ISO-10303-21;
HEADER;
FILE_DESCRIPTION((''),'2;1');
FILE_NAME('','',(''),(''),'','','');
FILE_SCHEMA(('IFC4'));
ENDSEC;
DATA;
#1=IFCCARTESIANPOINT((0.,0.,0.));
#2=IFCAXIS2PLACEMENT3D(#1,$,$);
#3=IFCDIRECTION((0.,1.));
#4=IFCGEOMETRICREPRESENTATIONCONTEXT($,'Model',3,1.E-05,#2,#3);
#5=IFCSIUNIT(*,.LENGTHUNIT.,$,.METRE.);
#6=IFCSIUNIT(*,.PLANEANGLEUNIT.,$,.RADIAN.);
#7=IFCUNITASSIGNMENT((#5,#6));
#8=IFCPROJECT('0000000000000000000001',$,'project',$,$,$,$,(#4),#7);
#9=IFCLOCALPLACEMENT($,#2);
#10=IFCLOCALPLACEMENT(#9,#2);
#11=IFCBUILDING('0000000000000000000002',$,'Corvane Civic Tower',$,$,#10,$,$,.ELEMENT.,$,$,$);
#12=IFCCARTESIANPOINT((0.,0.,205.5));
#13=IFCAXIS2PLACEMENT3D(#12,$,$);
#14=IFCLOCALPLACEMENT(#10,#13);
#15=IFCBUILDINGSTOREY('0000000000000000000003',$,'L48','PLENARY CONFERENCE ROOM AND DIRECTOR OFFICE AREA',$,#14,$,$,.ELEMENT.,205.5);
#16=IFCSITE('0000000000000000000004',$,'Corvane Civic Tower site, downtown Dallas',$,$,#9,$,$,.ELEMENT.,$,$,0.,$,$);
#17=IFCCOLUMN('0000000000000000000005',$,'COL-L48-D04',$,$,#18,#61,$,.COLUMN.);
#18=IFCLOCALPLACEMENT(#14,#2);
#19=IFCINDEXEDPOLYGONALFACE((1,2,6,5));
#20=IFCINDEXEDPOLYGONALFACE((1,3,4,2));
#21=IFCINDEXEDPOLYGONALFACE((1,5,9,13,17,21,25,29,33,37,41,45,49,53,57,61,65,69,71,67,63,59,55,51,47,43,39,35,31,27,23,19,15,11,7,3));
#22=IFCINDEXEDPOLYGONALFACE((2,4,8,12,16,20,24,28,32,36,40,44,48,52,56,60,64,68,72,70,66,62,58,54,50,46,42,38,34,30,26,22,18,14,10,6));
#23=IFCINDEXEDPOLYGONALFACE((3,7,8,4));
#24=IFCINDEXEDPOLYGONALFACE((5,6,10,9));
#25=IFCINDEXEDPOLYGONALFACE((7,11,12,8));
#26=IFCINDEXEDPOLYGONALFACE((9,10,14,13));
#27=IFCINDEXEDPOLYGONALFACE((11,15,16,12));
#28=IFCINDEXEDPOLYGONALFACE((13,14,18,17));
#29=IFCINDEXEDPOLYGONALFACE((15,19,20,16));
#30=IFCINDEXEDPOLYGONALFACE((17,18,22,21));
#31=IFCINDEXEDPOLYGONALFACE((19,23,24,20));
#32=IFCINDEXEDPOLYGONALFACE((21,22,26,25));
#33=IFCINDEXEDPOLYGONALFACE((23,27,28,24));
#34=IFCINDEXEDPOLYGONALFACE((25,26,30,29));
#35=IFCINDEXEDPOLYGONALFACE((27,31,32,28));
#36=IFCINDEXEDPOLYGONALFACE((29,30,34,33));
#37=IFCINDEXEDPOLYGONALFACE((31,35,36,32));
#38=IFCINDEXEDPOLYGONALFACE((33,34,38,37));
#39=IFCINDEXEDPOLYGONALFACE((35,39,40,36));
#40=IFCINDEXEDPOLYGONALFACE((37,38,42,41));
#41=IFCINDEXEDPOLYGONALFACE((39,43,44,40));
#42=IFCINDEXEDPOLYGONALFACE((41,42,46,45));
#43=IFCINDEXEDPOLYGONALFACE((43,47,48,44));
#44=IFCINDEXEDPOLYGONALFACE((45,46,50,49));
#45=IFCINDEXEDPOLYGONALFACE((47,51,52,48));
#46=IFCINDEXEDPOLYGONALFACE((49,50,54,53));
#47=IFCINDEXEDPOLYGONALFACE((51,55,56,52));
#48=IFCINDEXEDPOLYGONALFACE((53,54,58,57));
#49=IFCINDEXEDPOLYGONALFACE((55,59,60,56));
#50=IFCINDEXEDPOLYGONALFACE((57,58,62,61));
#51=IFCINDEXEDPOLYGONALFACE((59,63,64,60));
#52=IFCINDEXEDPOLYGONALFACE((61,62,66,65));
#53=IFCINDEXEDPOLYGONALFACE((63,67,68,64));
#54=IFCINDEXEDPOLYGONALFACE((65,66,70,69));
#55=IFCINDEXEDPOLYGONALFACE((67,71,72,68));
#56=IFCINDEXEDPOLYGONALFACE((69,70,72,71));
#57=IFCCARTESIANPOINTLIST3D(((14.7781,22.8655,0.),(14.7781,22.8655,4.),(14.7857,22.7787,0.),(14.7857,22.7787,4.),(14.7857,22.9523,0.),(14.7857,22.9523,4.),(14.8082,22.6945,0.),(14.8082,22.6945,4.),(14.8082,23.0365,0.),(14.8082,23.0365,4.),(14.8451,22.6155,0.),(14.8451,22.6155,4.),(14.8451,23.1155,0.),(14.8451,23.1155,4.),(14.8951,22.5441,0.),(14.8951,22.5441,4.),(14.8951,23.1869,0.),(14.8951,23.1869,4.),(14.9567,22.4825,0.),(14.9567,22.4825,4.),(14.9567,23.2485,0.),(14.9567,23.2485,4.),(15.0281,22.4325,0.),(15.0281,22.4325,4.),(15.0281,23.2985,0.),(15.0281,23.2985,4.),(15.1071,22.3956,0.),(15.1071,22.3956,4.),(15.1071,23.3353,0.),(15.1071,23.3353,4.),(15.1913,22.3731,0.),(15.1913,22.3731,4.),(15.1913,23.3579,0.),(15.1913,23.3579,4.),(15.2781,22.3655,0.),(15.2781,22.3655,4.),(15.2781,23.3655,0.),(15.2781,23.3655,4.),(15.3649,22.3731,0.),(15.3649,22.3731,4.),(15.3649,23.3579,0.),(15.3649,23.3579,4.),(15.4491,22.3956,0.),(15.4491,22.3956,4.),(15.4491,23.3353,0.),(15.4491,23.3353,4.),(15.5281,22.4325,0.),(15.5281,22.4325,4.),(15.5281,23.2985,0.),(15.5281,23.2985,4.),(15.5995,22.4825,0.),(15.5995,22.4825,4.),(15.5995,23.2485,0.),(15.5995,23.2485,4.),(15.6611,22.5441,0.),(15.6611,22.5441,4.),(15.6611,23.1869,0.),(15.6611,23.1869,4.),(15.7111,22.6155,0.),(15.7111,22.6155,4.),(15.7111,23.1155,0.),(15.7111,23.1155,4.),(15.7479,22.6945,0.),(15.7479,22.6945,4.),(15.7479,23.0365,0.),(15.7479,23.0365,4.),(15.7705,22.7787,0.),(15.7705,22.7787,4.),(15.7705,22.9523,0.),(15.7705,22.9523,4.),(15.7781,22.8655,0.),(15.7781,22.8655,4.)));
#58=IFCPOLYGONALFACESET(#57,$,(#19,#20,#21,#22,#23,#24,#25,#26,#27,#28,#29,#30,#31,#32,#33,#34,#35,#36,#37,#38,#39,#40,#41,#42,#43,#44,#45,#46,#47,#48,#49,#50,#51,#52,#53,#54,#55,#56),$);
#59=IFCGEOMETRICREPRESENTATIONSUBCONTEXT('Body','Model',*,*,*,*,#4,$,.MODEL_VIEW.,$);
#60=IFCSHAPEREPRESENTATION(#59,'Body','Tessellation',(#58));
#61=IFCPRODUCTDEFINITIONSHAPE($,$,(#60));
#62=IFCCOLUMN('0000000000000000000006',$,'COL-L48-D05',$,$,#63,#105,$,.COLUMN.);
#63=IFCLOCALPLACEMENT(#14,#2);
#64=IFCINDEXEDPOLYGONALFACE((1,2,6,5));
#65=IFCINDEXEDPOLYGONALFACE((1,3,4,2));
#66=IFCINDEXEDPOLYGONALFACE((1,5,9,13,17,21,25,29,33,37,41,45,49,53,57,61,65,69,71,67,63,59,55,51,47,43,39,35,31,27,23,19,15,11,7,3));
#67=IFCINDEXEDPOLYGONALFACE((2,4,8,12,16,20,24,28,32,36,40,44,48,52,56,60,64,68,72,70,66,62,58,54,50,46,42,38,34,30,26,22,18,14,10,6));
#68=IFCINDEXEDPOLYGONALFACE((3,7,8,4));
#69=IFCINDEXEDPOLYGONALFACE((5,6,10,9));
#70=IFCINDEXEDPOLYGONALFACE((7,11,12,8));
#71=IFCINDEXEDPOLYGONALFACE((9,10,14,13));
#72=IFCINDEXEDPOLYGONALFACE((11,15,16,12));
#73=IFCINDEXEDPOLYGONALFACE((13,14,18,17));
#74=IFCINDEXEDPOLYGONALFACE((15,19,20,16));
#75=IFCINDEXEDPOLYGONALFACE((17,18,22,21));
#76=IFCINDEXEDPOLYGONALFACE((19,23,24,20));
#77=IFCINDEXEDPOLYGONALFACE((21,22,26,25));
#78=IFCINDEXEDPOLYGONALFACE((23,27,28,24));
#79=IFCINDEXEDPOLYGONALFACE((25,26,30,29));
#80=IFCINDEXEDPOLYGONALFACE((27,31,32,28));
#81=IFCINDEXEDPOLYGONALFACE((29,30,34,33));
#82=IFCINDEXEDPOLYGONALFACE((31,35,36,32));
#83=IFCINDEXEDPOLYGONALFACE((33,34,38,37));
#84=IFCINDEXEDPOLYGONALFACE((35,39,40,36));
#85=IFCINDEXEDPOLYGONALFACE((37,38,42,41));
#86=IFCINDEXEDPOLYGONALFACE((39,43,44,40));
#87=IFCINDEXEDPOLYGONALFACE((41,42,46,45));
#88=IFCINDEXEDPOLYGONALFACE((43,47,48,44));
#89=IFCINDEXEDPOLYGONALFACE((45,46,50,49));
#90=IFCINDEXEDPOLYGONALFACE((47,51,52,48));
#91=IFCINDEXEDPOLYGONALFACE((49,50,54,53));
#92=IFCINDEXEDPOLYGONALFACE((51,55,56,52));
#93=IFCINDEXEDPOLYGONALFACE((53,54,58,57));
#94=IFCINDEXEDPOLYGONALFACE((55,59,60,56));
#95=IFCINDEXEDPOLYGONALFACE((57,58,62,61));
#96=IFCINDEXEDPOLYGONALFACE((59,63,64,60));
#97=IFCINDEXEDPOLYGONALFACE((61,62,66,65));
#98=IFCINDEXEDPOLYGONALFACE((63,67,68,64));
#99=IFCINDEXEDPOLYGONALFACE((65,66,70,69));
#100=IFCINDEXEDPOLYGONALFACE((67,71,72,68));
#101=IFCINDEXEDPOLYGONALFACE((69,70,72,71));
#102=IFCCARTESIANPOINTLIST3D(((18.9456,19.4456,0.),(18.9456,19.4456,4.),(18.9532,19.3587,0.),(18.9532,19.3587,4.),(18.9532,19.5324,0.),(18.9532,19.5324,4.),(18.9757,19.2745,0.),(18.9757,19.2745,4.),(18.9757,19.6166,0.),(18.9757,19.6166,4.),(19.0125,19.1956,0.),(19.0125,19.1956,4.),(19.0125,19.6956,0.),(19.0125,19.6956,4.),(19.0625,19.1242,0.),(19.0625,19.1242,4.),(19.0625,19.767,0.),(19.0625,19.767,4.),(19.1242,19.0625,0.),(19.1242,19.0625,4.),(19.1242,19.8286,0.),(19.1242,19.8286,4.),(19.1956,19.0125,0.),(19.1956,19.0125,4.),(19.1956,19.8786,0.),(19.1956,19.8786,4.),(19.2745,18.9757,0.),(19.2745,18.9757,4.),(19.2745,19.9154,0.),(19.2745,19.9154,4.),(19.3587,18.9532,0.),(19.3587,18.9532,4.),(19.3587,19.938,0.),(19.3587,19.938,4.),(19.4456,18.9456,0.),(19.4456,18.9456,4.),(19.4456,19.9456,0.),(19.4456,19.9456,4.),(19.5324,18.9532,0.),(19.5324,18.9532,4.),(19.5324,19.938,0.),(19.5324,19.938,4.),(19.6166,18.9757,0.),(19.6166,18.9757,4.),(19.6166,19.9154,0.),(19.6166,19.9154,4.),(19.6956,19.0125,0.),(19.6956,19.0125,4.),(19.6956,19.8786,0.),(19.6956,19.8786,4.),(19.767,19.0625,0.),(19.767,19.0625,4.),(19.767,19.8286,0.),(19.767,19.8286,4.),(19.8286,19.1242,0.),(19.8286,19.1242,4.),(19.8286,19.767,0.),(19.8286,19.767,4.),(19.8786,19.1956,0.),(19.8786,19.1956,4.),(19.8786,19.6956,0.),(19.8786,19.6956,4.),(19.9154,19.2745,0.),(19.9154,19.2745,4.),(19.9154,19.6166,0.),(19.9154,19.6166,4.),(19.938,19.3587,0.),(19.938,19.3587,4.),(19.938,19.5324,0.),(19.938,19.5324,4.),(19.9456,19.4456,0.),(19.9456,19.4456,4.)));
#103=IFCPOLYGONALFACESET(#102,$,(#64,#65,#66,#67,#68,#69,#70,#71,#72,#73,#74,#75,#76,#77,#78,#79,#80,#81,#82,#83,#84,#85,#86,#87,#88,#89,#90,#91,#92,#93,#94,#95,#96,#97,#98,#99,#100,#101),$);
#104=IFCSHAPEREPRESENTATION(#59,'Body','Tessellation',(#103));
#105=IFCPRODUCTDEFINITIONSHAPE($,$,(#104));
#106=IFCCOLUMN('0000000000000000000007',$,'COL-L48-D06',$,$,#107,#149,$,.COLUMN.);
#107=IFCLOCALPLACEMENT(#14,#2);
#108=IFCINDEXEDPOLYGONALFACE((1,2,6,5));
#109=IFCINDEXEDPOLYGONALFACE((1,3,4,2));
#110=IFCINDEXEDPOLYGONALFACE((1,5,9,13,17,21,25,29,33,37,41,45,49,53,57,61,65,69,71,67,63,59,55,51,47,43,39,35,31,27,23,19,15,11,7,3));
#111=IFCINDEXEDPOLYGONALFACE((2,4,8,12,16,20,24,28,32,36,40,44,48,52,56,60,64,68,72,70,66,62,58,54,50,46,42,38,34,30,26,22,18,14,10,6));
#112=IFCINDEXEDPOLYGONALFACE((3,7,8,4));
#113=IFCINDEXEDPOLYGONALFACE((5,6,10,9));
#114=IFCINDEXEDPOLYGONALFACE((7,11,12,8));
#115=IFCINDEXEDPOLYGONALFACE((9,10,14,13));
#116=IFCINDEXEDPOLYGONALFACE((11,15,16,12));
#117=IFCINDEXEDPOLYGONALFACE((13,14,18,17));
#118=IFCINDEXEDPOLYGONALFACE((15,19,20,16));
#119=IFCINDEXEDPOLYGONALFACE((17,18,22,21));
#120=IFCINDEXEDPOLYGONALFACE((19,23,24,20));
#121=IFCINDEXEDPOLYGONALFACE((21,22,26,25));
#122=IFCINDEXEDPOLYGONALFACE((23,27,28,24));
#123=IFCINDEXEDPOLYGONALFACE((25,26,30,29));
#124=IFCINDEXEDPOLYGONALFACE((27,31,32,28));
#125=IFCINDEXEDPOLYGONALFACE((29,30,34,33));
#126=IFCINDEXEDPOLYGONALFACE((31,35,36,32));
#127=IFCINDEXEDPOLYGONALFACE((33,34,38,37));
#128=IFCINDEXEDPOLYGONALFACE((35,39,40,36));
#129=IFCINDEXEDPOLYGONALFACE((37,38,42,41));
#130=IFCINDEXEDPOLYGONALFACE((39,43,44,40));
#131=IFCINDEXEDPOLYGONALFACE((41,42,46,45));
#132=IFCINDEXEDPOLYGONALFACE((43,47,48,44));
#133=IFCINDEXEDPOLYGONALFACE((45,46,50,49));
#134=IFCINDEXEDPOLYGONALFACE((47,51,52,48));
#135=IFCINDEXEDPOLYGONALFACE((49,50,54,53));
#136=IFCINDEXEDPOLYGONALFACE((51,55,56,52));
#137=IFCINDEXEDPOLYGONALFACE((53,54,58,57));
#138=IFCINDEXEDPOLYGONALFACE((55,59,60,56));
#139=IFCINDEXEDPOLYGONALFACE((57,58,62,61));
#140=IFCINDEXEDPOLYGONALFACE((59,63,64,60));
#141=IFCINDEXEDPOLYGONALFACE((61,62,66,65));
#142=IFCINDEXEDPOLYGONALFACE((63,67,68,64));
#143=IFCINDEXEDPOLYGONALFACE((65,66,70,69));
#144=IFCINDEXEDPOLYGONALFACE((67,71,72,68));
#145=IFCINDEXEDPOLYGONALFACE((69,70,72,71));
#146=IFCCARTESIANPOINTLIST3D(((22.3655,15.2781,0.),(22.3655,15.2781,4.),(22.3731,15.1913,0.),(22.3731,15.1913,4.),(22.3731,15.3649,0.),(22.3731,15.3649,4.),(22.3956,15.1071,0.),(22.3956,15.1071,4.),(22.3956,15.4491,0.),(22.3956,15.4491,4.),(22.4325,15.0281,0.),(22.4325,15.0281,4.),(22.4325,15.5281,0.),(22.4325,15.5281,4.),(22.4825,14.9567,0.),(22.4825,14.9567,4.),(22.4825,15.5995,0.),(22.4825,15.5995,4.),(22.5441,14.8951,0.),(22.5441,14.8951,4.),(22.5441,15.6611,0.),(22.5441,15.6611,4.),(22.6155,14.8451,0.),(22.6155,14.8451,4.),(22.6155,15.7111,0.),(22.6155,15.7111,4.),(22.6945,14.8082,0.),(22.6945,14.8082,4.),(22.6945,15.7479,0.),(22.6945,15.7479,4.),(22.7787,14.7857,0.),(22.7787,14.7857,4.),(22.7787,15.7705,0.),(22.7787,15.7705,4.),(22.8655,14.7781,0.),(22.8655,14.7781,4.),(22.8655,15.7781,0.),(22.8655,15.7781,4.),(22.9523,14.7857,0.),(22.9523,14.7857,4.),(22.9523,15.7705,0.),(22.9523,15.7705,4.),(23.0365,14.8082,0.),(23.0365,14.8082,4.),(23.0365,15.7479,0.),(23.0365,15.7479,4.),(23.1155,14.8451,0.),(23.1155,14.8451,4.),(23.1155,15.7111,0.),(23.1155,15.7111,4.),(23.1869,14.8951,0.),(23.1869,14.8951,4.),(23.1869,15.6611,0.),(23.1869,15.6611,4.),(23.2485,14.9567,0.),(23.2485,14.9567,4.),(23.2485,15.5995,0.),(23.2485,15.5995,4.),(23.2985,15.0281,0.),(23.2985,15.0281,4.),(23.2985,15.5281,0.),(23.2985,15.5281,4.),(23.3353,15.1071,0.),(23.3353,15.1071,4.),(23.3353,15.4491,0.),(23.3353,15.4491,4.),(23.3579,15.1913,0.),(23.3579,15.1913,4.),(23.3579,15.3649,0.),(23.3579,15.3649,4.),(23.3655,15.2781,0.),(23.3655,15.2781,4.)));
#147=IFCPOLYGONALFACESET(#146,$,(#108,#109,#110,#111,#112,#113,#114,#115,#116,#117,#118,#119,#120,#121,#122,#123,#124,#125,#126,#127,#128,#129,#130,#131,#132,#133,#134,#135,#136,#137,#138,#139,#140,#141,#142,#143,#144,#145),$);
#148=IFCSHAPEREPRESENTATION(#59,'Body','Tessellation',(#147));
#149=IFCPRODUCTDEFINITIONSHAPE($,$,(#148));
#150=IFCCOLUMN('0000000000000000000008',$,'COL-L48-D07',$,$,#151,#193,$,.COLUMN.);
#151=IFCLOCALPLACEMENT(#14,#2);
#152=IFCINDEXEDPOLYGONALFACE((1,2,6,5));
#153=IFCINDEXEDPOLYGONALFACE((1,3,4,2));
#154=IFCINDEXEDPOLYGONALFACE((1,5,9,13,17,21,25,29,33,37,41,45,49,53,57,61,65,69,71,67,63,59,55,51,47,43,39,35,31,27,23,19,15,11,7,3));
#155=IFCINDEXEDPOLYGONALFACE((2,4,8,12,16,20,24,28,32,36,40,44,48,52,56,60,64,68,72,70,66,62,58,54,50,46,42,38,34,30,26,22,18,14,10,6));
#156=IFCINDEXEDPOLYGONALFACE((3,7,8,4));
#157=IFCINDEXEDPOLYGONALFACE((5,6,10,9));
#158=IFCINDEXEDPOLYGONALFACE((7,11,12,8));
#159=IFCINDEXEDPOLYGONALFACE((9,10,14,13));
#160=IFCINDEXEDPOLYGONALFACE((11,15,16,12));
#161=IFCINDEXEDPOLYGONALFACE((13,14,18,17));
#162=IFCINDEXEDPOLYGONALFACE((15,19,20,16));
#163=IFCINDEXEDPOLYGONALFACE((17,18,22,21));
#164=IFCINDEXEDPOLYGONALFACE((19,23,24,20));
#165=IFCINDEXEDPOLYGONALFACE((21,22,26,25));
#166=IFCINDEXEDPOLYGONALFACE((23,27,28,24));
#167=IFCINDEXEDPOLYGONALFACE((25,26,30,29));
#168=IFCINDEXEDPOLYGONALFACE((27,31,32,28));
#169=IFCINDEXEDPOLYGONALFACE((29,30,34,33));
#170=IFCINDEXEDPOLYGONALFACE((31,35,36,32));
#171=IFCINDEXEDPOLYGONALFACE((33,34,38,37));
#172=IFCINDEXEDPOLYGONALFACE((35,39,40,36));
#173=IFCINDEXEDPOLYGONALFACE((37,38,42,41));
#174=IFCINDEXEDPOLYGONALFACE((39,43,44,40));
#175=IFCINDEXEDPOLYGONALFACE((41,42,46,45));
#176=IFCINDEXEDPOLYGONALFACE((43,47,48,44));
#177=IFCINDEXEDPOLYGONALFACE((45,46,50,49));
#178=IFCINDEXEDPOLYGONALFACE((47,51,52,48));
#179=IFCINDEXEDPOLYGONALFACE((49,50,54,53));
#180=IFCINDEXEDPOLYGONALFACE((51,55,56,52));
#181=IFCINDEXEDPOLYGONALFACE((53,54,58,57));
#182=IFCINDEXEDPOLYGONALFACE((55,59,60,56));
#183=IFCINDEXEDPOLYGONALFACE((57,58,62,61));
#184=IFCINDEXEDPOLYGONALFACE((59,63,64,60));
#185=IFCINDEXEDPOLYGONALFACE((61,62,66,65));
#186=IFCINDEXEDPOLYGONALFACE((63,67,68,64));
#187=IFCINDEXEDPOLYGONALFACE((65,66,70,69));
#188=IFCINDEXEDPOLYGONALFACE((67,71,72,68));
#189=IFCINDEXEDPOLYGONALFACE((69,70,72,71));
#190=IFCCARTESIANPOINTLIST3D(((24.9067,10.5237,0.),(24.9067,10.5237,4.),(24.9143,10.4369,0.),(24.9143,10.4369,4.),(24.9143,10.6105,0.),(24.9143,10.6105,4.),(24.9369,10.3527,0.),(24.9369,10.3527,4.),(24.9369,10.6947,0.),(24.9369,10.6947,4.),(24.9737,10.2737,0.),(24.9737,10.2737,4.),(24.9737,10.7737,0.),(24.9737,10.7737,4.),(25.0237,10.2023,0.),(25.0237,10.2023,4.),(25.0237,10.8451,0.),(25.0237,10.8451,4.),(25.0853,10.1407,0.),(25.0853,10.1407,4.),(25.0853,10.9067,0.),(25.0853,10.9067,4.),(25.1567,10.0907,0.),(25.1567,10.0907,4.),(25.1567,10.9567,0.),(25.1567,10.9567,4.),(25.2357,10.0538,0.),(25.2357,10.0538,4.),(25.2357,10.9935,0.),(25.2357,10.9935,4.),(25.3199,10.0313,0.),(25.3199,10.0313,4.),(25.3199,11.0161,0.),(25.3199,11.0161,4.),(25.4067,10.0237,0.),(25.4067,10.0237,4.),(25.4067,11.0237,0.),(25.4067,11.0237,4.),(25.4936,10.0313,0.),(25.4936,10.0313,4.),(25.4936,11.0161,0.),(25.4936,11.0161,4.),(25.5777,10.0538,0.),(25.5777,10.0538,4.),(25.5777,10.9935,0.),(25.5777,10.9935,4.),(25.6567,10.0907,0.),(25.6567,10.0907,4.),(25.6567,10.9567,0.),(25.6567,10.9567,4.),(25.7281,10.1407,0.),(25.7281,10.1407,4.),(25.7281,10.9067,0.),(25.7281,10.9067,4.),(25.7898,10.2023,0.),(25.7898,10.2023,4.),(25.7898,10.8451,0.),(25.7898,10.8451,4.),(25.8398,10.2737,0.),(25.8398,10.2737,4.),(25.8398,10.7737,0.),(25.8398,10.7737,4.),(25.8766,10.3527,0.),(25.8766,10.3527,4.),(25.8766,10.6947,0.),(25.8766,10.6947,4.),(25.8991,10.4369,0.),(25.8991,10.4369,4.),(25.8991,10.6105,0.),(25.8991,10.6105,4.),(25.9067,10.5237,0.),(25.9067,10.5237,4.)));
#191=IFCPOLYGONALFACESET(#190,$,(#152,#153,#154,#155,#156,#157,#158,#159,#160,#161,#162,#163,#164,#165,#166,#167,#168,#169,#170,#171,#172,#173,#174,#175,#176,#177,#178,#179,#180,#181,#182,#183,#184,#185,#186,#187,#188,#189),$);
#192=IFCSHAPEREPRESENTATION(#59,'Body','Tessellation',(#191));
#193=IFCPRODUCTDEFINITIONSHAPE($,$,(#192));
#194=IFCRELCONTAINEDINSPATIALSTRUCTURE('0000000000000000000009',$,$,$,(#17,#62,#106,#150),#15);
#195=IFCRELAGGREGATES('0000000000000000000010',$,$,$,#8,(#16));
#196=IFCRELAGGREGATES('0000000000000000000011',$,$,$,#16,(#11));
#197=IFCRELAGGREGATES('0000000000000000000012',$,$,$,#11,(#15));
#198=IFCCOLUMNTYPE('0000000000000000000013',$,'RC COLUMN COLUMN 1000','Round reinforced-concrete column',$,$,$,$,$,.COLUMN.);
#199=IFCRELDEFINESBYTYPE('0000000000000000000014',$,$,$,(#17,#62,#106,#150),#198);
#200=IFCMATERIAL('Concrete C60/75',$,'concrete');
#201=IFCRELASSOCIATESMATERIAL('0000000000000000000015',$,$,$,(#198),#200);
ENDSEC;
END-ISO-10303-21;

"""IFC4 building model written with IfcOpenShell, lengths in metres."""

from ifc_helpers import new_model, si_unit, direction, frame, origin, origin_2d, place, context, subcontext, project, spatial, circle, extrude, material, material_profile, profile_set, type_object, element, save


model = new_model("IFC4")

# Units and contexts
model_context = context("Model", 3, precision=1e-05, world=origin(), true_north=direction((0.0, 1.0)))
body_context = subcontext(model_context, "Body", "Model", "MODEL_VIEW")
ifc_project = project(units=[si_unit("LENGTHUNIT", "METRE"), si_unit("PLANEANGLEUNIT", "RADIAN")], contexts=[model_context])

# Site, building, storey
site_placement = place(None, origin())
site = spatial("IfcSite", under=ifc_project, at=site_placement, Name="Corvane Civic Tower site, downtown Dallas", CompositionType="ELEMENT", RefElevation=0.0)
building_placement = place(site_placement, origin())
building = spatial("IfcBuilding", under=site, at=building_placement, Name="Corvane Civic Tower", CompositionType="ELEMENT")
storey_placement = place(building_placement, frame((0.0, 0.0, 205.5)))
storey = spatial("IfcBuildingStorey", under=building, at=storey_placement, Name="L48", Description="PLENARY CONFERENCE ROOM AND DIRECTOR OFFICE AREA", CompositionType="ELEMENT", Elevation=205.5)

# Columns
ifc_material_1 = material(Name="Concrete C60/75", Category="concrete")
ifc_material_profile_1 = material_profile(ifc_material_1, circle(Radius=0.5, at=origin_2d()), Name="COLUMN 1000")
ifc_profile_set_1 = profile_set([ifc_material_profile_1], Name="Concrete C60/75")
column_type = type_object("IfcColumnType", Name="RC COLUMN COLUMN 1000", Description="Round reinforced-concrete column", PredefinedType="COLUMN", material=ifc_profile_set_1)
for number, where, z_axis, x_axis, name in (
    (1, (15.2781, 22.8655, 0.0), (0.0, 0.0, 1.0), (1.0, 0.0, 0.0), "COL-L48-D04"),
    (2, (19.4456, 19.4456, 0.0), (0.0, 0.0, 1.0), (1.0, 0.0, 0.0), "COL-L48-D05"),
    (3, (22.8655, 15.2781, 0.0), (0.0, 0.0, 1.0), (1.0, 0.0, 0.0), "COL-L48-D06"),
    (4, (25.4067, 10.5237, 0.0), (0.0, 0.0, 1.0), (1.0, 0.0, 0.0), "COL-L48-D07"),
):
    element("IfcColumn", number, at=place(storey_placement, frame(where, z_axis=z_axis, x_axis=x_axis)), inside=storey, type_object=column_type, Name=name, PredefinedType="COLUMN", context=body_context, shape_type="SweptSolid", body=[
        extrude(circle(Radius=0.5, at=origin_2d()), origin(), (0.0, 0.0, 1.0), 4.0),
    ])

save(model, "model.ifc")
